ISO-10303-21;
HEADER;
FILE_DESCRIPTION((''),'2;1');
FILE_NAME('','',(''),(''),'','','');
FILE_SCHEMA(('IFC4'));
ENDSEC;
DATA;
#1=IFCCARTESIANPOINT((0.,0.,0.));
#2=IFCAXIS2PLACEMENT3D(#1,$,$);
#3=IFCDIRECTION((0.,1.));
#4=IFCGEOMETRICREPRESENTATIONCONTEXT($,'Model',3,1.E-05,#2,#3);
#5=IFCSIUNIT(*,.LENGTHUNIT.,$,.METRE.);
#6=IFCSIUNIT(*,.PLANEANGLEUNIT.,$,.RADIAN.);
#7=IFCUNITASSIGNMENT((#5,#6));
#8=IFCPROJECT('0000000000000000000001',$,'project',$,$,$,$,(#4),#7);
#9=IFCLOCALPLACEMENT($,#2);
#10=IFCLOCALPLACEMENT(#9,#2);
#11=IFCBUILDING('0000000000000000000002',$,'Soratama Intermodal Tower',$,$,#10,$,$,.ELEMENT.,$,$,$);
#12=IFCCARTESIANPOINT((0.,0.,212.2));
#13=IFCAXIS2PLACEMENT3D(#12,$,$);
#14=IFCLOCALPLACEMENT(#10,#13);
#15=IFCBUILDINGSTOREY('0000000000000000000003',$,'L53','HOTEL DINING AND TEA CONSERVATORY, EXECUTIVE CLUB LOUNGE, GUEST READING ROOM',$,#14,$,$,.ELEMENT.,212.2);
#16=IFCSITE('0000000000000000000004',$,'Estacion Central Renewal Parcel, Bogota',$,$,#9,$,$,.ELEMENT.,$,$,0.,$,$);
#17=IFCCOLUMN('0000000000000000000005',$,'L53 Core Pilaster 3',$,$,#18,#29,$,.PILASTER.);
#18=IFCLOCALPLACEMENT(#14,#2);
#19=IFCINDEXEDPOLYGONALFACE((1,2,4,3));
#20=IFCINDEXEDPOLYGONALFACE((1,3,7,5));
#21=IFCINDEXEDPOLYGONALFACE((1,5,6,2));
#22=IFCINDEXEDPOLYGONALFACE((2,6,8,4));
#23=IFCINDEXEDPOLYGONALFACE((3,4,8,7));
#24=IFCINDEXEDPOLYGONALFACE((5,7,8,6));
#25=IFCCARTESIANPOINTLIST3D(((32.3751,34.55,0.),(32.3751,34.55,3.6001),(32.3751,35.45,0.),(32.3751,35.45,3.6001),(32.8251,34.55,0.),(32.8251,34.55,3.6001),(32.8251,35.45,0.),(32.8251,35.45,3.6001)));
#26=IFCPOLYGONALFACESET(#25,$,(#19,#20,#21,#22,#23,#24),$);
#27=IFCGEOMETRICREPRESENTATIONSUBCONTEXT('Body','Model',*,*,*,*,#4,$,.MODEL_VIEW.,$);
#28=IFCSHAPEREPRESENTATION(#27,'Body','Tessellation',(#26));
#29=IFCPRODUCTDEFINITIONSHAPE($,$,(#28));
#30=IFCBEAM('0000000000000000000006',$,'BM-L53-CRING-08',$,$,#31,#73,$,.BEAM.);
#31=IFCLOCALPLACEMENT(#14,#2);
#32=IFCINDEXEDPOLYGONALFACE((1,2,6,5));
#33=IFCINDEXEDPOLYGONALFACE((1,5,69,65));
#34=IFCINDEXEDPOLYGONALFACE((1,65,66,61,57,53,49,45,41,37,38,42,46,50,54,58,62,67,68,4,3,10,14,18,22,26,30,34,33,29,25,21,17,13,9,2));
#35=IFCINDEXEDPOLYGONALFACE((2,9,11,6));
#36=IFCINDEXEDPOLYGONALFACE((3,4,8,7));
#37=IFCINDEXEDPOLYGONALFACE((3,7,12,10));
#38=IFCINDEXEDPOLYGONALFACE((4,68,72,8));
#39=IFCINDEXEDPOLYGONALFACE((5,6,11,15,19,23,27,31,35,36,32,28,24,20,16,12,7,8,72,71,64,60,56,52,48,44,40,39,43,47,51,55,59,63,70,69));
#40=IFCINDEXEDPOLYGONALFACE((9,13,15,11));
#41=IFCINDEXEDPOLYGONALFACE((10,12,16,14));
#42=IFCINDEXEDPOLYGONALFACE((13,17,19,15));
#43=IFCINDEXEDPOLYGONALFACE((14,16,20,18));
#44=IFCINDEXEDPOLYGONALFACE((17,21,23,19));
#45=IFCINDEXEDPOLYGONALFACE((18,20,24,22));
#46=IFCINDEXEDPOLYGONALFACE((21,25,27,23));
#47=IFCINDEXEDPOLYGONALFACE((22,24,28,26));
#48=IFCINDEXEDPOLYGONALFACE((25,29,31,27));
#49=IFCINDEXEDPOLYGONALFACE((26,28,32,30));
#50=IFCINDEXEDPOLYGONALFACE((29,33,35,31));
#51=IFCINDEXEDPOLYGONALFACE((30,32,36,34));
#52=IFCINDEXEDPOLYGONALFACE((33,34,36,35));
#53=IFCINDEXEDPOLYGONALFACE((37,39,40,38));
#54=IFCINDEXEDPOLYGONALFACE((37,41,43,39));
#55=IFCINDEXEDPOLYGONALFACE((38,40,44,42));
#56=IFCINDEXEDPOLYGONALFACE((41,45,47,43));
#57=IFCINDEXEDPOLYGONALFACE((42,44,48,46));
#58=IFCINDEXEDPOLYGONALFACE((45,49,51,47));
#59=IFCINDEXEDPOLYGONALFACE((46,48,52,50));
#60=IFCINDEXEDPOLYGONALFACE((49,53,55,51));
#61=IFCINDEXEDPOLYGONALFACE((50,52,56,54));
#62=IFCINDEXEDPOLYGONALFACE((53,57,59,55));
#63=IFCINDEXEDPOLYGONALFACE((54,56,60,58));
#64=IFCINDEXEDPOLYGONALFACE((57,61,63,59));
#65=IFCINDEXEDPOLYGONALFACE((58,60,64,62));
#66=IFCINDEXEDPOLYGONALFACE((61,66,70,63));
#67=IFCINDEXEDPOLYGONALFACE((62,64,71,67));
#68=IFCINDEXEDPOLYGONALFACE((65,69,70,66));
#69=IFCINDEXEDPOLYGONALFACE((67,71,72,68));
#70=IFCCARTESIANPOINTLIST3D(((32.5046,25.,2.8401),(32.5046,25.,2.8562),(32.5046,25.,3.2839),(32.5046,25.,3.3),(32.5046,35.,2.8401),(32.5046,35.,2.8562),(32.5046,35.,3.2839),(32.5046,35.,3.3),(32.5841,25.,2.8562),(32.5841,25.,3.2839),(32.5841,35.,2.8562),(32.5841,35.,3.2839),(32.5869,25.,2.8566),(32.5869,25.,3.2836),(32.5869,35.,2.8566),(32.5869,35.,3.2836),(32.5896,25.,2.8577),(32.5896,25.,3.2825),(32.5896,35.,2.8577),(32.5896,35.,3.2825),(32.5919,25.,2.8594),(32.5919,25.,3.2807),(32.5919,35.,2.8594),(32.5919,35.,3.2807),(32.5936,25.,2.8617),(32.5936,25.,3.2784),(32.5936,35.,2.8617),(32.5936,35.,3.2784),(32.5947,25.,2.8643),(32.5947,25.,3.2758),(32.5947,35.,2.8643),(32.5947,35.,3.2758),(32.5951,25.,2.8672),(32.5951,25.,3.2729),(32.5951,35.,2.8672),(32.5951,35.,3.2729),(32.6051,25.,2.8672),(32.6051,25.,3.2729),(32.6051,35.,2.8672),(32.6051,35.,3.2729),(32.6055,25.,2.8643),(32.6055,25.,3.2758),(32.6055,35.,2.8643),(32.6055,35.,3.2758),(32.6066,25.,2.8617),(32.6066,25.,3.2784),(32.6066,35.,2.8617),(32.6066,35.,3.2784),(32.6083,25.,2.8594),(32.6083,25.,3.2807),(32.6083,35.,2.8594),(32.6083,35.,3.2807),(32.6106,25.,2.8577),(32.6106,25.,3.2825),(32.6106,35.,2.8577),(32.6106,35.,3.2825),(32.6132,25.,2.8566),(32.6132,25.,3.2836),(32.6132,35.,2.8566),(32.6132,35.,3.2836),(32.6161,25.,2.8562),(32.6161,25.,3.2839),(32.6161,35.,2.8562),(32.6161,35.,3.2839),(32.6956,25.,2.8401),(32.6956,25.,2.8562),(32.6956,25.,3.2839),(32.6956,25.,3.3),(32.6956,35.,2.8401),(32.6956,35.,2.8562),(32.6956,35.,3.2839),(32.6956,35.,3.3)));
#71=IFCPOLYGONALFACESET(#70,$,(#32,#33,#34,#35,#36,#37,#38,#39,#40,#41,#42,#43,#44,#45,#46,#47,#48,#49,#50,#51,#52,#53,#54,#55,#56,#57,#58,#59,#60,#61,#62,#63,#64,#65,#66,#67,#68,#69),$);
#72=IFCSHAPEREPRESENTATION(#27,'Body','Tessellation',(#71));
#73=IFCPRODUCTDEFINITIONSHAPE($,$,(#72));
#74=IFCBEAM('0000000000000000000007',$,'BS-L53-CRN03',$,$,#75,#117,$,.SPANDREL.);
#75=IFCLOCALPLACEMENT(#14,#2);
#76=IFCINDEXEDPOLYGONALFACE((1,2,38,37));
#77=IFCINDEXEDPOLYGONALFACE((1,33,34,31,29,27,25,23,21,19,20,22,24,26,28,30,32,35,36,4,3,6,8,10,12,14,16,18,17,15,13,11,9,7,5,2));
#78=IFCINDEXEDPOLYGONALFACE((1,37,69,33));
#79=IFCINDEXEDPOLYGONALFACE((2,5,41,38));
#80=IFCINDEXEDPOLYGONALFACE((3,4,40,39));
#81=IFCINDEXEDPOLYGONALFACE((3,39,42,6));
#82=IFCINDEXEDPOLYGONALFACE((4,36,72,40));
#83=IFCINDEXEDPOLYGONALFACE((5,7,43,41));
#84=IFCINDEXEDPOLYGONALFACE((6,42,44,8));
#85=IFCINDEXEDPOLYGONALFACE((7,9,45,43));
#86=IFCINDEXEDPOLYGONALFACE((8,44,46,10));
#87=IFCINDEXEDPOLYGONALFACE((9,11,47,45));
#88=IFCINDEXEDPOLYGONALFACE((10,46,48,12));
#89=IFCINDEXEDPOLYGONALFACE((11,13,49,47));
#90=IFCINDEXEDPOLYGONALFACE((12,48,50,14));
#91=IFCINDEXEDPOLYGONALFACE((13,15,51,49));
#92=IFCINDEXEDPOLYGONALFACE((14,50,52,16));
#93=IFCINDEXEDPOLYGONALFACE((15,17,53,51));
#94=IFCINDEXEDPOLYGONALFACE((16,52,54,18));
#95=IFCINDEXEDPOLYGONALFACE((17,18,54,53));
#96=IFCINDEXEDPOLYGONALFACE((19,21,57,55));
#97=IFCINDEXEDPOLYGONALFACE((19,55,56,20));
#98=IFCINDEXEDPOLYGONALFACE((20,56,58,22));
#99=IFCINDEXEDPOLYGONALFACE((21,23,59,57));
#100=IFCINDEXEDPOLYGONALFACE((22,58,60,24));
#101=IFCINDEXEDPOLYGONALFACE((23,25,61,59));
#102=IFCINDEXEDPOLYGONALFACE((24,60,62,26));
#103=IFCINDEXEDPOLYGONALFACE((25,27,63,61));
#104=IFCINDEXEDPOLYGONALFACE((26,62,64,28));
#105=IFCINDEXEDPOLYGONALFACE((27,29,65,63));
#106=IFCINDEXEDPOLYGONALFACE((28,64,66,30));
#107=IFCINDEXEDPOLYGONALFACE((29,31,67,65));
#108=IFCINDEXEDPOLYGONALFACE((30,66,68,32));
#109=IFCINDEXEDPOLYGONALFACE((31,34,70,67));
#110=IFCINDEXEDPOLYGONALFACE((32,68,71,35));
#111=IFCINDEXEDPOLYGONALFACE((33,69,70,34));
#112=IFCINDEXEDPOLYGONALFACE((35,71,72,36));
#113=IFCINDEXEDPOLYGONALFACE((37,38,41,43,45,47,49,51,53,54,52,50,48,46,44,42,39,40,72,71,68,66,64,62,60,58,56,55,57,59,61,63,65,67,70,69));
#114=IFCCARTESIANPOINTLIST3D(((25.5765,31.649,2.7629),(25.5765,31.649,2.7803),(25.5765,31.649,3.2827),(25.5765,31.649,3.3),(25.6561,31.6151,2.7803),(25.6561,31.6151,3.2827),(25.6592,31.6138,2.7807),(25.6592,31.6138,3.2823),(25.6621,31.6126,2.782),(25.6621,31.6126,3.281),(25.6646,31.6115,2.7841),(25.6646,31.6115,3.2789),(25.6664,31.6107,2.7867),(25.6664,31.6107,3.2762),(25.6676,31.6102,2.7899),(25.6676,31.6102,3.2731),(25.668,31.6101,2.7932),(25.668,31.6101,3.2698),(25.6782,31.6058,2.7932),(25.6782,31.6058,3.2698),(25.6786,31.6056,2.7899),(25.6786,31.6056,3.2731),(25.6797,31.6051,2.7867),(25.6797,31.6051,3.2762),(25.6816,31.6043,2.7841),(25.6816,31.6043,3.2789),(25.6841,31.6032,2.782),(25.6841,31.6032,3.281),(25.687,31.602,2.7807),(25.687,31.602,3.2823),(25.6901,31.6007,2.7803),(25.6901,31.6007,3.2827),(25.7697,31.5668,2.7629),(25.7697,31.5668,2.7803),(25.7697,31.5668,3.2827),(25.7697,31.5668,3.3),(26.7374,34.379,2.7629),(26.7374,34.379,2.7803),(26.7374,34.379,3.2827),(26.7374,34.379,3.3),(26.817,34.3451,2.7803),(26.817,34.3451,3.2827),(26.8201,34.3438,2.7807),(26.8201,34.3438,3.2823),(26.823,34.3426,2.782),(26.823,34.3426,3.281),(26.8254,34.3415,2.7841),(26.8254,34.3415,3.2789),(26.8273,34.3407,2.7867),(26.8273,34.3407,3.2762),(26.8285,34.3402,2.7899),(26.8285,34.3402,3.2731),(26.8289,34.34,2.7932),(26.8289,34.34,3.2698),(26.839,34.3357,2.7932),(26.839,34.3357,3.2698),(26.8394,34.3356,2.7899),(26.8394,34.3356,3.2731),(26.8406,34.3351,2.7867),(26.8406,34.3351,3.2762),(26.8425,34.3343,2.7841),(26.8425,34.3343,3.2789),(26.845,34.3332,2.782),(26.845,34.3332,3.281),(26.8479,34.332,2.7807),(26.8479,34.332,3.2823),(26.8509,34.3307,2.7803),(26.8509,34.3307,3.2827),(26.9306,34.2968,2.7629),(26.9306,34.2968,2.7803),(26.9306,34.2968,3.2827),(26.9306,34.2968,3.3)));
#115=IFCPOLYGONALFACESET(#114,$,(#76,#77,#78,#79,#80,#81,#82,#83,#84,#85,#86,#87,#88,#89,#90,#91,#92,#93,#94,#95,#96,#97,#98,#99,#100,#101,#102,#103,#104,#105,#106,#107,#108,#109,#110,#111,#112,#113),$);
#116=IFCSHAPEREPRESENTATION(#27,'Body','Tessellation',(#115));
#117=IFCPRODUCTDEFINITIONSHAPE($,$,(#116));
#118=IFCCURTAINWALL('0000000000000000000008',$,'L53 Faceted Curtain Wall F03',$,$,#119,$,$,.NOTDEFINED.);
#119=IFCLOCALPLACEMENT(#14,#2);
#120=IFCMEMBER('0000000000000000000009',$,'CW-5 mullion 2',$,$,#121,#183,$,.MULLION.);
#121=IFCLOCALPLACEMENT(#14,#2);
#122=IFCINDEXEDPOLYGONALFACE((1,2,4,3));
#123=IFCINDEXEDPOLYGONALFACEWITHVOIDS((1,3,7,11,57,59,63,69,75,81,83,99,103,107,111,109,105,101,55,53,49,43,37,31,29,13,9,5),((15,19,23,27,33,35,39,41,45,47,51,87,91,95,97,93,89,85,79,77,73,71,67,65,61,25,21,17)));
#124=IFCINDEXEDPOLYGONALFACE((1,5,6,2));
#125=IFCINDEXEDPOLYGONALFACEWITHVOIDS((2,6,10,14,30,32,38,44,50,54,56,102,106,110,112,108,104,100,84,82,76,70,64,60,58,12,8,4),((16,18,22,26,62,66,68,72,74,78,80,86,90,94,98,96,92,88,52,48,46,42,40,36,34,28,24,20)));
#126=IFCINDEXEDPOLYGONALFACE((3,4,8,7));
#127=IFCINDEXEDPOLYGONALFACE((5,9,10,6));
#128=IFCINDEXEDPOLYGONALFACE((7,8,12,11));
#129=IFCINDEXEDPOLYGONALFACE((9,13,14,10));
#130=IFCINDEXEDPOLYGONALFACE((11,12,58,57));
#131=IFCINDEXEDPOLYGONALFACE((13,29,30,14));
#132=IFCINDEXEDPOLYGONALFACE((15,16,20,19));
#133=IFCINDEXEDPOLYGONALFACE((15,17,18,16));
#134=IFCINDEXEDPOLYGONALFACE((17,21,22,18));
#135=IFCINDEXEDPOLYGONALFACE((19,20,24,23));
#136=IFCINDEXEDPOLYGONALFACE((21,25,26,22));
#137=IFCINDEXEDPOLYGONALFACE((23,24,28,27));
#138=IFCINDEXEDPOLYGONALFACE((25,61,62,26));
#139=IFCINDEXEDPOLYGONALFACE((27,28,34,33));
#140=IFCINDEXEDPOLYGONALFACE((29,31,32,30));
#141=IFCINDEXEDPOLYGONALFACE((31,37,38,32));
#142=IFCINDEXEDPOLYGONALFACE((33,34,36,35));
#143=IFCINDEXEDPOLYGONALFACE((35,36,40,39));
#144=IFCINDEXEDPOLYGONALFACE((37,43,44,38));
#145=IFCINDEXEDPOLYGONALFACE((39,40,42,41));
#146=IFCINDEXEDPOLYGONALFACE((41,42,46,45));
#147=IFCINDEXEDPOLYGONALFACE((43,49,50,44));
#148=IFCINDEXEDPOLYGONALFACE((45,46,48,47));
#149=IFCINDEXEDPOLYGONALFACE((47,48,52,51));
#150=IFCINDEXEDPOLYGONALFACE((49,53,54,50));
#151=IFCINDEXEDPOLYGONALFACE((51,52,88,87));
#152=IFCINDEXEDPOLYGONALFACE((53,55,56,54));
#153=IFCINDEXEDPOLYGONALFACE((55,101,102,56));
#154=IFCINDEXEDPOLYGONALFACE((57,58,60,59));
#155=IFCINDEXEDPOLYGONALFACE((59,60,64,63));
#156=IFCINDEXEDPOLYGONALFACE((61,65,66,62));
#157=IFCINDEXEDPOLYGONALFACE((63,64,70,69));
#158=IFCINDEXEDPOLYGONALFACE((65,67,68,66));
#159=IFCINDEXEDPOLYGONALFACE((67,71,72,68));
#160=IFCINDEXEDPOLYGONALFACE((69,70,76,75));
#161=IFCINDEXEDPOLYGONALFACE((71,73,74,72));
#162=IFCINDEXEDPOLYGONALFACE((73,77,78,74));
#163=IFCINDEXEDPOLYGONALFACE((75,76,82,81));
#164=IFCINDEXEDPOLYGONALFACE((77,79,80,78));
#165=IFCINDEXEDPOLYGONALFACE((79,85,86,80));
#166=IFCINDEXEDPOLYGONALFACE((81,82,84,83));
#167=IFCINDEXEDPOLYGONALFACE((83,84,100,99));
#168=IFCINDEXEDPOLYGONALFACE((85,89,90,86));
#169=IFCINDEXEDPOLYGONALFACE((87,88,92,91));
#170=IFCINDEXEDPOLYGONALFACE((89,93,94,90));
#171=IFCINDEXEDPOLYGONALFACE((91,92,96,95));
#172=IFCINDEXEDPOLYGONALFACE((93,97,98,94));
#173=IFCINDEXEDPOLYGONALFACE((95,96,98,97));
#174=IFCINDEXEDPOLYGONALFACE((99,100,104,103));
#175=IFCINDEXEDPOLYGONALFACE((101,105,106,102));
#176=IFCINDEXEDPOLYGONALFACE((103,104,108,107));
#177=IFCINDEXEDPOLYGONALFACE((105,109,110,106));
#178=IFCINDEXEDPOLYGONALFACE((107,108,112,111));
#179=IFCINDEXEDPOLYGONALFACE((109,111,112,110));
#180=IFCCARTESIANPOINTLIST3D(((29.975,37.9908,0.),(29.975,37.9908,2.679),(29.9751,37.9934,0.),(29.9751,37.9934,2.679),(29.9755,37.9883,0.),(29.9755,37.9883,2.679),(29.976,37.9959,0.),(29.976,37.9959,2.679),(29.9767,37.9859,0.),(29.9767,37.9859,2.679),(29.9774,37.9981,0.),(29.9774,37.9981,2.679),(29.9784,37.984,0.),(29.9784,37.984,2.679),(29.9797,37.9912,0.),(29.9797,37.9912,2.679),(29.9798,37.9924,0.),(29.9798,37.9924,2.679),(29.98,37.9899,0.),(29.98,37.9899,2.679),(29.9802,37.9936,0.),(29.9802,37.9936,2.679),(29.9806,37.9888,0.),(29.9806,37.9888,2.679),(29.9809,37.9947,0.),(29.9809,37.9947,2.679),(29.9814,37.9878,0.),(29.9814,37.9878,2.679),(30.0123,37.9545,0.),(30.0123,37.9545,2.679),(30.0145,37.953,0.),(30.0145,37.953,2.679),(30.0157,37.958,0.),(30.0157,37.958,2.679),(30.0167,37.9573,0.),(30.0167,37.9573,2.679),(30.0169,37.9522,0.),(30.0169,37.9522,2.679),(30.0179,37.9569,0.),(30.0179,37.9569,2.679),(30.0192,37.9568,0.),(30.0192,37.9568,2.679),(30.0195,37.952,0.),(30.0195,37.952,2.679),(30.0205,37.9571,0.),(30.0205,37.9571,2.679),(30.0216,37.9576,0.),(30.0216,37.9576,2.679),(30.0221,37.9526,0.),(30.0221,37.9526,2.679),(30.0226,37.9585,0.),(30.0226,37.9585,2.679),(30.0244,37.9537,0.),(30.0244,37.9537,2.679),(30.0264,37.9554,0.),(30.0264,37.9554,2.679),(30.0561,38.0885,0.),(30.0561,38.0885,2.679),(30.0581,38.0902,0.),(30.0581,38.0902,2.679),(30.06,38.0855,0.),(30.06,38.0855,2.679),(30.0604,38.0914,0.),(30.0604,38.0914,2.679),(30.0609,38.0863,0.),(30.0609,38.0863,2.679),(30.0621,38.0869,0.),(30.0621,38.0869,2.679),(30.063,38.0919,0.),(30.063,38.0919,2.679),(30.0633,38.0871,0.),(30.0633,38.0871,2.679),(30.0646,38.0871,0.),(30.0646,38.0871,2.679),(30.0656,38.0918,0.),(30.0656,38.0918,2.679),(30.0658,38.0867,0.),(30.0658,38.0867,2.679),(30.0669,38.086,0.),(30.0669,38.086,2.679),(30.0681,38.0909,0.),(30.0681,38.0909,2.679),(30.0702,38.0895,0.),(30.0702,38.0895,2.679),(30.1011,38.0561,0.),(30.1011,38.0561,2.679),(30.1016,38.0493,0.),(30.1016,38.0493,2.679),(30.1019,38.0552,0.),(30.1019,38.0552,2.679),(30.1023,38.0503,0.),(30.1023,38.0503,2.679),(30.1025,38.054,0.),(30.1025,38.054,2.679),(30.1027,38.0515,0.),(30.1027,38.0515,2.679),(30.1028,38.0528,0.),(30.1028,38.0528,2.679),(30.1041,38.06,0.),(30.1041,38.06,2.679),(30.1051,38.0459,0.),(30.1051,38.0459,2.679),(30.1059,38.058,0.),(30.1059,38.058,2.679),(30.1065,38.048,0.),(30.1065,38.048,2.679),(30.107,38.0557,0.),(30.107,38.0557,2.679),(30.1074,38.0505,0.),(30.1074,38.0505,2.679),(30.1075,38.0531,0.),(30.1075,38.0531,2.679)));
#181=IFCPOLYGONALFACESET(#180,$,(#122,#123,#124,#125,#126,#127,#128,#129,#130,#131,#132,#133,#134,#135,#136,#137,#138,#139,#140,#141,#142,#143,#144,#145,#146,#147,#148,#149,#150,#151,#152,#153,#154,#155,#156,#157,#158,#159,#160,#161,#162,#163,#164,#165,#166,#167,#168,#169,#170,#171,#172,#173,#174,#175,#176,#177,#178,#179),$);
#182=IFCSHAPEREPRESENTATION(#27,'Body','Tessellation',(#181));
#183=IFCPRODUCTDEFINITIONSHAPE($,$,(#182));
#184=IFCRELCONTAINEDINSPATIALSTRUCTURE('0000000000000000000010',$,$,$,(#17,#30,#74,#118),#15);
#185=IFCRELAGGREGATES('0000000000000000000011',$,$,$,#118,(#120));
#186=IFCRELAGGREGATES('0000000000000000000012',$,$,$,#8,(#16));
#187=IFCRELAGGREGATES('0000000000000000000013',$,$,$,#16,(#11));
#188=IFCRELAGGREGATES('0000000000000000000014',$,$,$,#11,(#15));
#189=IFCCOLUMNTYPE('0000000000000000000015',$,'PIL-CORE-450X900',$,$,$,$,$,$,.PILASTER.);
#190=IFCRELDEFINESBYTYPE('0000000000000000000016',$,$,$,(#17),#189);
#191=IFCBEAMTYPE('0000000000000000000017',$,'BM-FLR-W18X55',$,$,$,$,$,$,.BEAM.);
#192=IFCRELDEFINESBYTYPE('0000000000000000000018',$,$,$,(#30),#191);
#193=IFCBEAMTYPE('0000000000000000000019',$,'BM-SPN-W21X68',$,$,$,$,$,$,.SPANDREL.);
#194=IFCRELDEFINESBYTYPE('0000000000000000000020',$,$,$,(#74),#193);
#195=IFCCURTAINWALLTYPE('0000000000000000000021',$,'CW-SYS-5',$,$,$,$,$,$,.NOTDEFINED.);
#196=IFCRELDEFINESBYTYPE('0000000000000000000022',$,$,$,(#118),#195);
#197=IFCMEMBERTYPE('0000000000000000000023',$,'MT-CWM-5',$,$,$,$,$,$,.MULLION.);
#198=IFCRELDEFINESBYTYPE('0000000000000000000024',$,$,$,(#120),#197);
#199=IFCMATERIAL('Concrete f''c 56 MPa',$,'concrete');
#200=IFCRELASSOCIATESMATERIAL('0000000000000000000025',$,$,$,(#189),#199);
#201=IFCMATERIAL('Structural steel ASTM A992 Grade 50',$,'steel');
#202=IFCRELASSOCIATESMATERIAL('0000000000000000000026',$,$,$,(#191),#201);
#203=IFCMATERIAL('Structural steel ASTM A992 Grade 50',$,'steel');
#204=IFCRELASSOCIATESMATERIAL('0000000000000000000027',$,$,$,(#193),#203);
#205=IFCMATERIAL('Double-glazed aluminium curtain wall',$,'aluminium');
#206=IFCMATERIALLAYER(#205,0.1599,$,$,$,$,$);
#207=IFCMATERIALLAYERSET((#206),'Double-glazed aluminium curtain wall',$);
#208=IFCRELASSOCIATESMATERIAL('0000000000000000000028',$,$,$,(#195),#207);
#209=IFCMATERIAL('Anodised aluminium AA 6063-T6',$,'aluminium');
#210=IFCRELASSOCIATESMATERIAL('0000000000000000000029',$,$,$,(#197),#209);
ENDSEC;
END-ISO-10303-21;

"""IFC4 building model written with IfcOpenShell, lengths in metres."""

from ifc_helpers import new_model, si_unit, direction, frame, origin, origin_2d, place, context, subcontext, project, spatial, rectangle, hollow_rectangle, i_section, extrude, material, layer, layer_set, material_profile, profile_set, type_object, element, aggregate, save


model = new_model("IFC4")

# Units and contexts
model_context = context("Model", 3, precision=1e-05, world=origin(), true_north=direction((0.0, 1.0)))
body_context = subcontext(model_context, "Body", "Model", "MODEL_VIEW")
ifc_project = project(units=[si_unit("LENGTHUNIT", "METRE"), si_unit("PLANEANGLEUNIT", "RADIAN")], contexts=[model_context])

# Site, building, storey
site_placement = place(None, origin())
site = spatial("IfcSite", under=ifc_project, at=site_placement, Name="Estacion Central Renewal Parcel, Bogota", CompositionType="ELEMENT", RefElevation=0.0)
building_placement = place(site_placement, origin())
building = spatial("IfcBuilding", under=site, at=building_placement, Name="Soratama Intermodal Tower", CompositionType="ELEMENT")
storey_placement = place(building_placement, frame((0.0, 0.0, 212.2)))
storey = spatial("IfcBuildingStorey", under=building, at=storey_placement, Name="L53", Description="HOTEL DINING AND TEA CONSERVATORY, EXECUTIVE CLUB LOUNGE, GUEST READING ROOM", CompositionType="ELEMENT", Elevation=212.2)

# Column
ifc_material_1 = material(Name="Concrete f'c 56 MPa", Category="concrete")
ifc_material_profile_1 = material_profile(ifc_material_1, rectangle(XDim=0.45, YDim=0.8999, at=origin_2d()), Name="RC450X900")
ifc_profile_set_1 = profile_set([ifc_material_profile_1], Name="Concrete f'c 56 MPa")
column_type = type_object("IfcColumnType", Name="PIL-CORE-450X900", PredefinedType="PILASTER", material=ifc_profile_set_1)
column_placement = place(storey_placement, frame((32.6001, 35.0, 0.0), z_axis=(0.0, 0.0, 1.0), x_axis=(1.0, 0.0, 0.0)))
element("IfcColumn", 1, at=column_placement, inside=storey, type_object=column_type, Name="L53 Core Pilaster 3", PredefinedType="PILASTER", context=body_context, shape_type="SweptSolid", body=[
    extrude(rectangle(XDim=0.45, YDim=0.8999, at=origin_2d()), origin(), (0.0, 0.0, 1.0), 3.6001),
])

# Beams
ifc_material_2 = material(Name="Structural steel ASTM A992 Grade 50", Category="steel")
ifc_material_profile_2 = material_profile(ifc_material_2, i_section(OverallWidth=0.1909, OverallDepth=0.46, WebThickness=0.01, FlangeThickness=0.0161, FilletRadius=0.011, at=origin_2d()), Name="W18X55")
ifc_profile_set_2 = profile_set([ifc_material_profile_2], Name="Structural steel ASTM A992 Grade 50")
beam_type_1 = type_object("IfcBeamType", Name="BM-FLR-W18X55", PredefinedType="BEAM", material=ifc_profile_set_2)
beam_1_placement = place(storey_placement, frame((32.6001, 35.0, 3.0701), z_axis=(0.0, -1.0, 0.0), x_axis=(1.0, 0.0, 0.0)))
element("IfcBeam", 2, at=beam_1_placement, inside=storey, type_object=beam_type_1, Name="BM-L53-CRING-08", PredefinedType="BEAM", context=body_context, shape_type="SweptSolid", body=[
    extrude(i_section(OverallWidth=0.1909, OverallDepth=0.46, WebThickness=0.01, FlangeThickness=0.0161, FilletRadius=0.011, at=origin_2d()), origin(), (0.0, 0.0, 1.0), 10.0),
])
ifc_material_3 = material(Name="Structural steel ASTM A992 Grade 50", Category="steel")
ifc_material_profile_3 = material_profile(ifc_material_3, i_section(OverallWidth=0.21, OverallDepth=0.5371, WebThickness=0.011, FlangeThickness=0.0173, FilletRadius=0.0129, at=origin_2d()), Name="W21X68")
ifc_profile_set_3 = profile_set([ifc_material_profile_3], Name="Structural steel ASTM A992 Grade 50")
beam_type_2 = type_object("IfcBeamType", Name="BM-SPN-W21X68", PredefinedType="SPANDREL", material=ifc_profile_set_3)
beam_2_placement = place(storey_placement, frame((26.834, 34.3379, 3.0315), z_axis=(-0.391325, -0.920252, 0.0), x_axis=(0.920252, -0.391325, 0.0)))
element("IfcBeam", 3, at=beam_2_placement, inside=storey, type_object=beam_type_2, Name="BS-L53-CRN03", PredefinedType="SPANDREL", context=body_context, shape_type="SweptSolid", body=[
    extrude(i_section(OverallWidth=0.21, OverallDepth=0.5371, WebThickness=0.011, FlangeThickness=0.0173, FilletRadius=0.0129, at=origin_2d()), origin(), (0.0, 0.0, 1.0), 2.9666),
])

# Curtain wall, member
ifc_material_4 = material(Name="Double-glazed aluminium curtain wall", Category="aluminium")
ifc_layer_1 = layer(ifc_material_4, 0.1599)
ifc_layer_set_1 = layer_set([ifc_layer_1], Name="Double-glazed aluminium curtain wall")
curtain_wall_type = type_object("IfcCurtainWallType", Name="CW-SYS-5", PredefinedType="NOTDEFINED", material=ifc_layer_set_1)
curtain_wall_placement = place(storey_placement, origin())
curtain_wall = element("IfcCurtainWall", 4, at=curtain_wall_placement, inside=storey, type_object=curtain_wall_type, Name="L53 Faceted Curtain Wall F03", PredefinedType="NOTDEFINED")
ifc_material_5 = material(Name="Anodised aluminium AA 6063-T6", Category="aluminium")
ifc_material_profile_4 = material_profile(ifc_material_5, hollow_rectangle(XDim=0.0649, YDim=0.1399, WallThickness=0.0049, InnerFilletRadius=0.0049, OuterFilletRadius=0.01, at=origin_2d()), Name="CWM140X65X5")
ifc_profile_set_4 = profile_set([ifc_material_profile_4], Name="Anodised aluminium AA 6063-T6")
member_type_1 = type_object("IfcMemberType", Name="MT-CWM-5", PredefinedType="MULLION", material=ifc_profile_set_4)
member_1_placement = place(storey_placement, frame((30.0413, 38.022, 0.0), z_axis=(0.0, 0.0, 1.0), x_axis=(0.754252, -0.656585, 0.0)))
member_1 = element("IfcMember", 5, at=member_1_placement, type_object=member_type_1, Name="CW-5 mullion 2", PredefinedType="MULLION", context=body_context, shape_type="SweptSolid", body=[
    extrude(hollow_rectangle(XDim=0.0649, YDim=0.1399, WallThickness=0.0049, InnerFilletRadius=0.0049, OuterFilletRadius=0.01, at=origin_2d()), origin(), (0.0, 0.0, 1.0), 2.679),
])
aggregate(curtain_wall, [member_1])

save(model, "model.ifc")
